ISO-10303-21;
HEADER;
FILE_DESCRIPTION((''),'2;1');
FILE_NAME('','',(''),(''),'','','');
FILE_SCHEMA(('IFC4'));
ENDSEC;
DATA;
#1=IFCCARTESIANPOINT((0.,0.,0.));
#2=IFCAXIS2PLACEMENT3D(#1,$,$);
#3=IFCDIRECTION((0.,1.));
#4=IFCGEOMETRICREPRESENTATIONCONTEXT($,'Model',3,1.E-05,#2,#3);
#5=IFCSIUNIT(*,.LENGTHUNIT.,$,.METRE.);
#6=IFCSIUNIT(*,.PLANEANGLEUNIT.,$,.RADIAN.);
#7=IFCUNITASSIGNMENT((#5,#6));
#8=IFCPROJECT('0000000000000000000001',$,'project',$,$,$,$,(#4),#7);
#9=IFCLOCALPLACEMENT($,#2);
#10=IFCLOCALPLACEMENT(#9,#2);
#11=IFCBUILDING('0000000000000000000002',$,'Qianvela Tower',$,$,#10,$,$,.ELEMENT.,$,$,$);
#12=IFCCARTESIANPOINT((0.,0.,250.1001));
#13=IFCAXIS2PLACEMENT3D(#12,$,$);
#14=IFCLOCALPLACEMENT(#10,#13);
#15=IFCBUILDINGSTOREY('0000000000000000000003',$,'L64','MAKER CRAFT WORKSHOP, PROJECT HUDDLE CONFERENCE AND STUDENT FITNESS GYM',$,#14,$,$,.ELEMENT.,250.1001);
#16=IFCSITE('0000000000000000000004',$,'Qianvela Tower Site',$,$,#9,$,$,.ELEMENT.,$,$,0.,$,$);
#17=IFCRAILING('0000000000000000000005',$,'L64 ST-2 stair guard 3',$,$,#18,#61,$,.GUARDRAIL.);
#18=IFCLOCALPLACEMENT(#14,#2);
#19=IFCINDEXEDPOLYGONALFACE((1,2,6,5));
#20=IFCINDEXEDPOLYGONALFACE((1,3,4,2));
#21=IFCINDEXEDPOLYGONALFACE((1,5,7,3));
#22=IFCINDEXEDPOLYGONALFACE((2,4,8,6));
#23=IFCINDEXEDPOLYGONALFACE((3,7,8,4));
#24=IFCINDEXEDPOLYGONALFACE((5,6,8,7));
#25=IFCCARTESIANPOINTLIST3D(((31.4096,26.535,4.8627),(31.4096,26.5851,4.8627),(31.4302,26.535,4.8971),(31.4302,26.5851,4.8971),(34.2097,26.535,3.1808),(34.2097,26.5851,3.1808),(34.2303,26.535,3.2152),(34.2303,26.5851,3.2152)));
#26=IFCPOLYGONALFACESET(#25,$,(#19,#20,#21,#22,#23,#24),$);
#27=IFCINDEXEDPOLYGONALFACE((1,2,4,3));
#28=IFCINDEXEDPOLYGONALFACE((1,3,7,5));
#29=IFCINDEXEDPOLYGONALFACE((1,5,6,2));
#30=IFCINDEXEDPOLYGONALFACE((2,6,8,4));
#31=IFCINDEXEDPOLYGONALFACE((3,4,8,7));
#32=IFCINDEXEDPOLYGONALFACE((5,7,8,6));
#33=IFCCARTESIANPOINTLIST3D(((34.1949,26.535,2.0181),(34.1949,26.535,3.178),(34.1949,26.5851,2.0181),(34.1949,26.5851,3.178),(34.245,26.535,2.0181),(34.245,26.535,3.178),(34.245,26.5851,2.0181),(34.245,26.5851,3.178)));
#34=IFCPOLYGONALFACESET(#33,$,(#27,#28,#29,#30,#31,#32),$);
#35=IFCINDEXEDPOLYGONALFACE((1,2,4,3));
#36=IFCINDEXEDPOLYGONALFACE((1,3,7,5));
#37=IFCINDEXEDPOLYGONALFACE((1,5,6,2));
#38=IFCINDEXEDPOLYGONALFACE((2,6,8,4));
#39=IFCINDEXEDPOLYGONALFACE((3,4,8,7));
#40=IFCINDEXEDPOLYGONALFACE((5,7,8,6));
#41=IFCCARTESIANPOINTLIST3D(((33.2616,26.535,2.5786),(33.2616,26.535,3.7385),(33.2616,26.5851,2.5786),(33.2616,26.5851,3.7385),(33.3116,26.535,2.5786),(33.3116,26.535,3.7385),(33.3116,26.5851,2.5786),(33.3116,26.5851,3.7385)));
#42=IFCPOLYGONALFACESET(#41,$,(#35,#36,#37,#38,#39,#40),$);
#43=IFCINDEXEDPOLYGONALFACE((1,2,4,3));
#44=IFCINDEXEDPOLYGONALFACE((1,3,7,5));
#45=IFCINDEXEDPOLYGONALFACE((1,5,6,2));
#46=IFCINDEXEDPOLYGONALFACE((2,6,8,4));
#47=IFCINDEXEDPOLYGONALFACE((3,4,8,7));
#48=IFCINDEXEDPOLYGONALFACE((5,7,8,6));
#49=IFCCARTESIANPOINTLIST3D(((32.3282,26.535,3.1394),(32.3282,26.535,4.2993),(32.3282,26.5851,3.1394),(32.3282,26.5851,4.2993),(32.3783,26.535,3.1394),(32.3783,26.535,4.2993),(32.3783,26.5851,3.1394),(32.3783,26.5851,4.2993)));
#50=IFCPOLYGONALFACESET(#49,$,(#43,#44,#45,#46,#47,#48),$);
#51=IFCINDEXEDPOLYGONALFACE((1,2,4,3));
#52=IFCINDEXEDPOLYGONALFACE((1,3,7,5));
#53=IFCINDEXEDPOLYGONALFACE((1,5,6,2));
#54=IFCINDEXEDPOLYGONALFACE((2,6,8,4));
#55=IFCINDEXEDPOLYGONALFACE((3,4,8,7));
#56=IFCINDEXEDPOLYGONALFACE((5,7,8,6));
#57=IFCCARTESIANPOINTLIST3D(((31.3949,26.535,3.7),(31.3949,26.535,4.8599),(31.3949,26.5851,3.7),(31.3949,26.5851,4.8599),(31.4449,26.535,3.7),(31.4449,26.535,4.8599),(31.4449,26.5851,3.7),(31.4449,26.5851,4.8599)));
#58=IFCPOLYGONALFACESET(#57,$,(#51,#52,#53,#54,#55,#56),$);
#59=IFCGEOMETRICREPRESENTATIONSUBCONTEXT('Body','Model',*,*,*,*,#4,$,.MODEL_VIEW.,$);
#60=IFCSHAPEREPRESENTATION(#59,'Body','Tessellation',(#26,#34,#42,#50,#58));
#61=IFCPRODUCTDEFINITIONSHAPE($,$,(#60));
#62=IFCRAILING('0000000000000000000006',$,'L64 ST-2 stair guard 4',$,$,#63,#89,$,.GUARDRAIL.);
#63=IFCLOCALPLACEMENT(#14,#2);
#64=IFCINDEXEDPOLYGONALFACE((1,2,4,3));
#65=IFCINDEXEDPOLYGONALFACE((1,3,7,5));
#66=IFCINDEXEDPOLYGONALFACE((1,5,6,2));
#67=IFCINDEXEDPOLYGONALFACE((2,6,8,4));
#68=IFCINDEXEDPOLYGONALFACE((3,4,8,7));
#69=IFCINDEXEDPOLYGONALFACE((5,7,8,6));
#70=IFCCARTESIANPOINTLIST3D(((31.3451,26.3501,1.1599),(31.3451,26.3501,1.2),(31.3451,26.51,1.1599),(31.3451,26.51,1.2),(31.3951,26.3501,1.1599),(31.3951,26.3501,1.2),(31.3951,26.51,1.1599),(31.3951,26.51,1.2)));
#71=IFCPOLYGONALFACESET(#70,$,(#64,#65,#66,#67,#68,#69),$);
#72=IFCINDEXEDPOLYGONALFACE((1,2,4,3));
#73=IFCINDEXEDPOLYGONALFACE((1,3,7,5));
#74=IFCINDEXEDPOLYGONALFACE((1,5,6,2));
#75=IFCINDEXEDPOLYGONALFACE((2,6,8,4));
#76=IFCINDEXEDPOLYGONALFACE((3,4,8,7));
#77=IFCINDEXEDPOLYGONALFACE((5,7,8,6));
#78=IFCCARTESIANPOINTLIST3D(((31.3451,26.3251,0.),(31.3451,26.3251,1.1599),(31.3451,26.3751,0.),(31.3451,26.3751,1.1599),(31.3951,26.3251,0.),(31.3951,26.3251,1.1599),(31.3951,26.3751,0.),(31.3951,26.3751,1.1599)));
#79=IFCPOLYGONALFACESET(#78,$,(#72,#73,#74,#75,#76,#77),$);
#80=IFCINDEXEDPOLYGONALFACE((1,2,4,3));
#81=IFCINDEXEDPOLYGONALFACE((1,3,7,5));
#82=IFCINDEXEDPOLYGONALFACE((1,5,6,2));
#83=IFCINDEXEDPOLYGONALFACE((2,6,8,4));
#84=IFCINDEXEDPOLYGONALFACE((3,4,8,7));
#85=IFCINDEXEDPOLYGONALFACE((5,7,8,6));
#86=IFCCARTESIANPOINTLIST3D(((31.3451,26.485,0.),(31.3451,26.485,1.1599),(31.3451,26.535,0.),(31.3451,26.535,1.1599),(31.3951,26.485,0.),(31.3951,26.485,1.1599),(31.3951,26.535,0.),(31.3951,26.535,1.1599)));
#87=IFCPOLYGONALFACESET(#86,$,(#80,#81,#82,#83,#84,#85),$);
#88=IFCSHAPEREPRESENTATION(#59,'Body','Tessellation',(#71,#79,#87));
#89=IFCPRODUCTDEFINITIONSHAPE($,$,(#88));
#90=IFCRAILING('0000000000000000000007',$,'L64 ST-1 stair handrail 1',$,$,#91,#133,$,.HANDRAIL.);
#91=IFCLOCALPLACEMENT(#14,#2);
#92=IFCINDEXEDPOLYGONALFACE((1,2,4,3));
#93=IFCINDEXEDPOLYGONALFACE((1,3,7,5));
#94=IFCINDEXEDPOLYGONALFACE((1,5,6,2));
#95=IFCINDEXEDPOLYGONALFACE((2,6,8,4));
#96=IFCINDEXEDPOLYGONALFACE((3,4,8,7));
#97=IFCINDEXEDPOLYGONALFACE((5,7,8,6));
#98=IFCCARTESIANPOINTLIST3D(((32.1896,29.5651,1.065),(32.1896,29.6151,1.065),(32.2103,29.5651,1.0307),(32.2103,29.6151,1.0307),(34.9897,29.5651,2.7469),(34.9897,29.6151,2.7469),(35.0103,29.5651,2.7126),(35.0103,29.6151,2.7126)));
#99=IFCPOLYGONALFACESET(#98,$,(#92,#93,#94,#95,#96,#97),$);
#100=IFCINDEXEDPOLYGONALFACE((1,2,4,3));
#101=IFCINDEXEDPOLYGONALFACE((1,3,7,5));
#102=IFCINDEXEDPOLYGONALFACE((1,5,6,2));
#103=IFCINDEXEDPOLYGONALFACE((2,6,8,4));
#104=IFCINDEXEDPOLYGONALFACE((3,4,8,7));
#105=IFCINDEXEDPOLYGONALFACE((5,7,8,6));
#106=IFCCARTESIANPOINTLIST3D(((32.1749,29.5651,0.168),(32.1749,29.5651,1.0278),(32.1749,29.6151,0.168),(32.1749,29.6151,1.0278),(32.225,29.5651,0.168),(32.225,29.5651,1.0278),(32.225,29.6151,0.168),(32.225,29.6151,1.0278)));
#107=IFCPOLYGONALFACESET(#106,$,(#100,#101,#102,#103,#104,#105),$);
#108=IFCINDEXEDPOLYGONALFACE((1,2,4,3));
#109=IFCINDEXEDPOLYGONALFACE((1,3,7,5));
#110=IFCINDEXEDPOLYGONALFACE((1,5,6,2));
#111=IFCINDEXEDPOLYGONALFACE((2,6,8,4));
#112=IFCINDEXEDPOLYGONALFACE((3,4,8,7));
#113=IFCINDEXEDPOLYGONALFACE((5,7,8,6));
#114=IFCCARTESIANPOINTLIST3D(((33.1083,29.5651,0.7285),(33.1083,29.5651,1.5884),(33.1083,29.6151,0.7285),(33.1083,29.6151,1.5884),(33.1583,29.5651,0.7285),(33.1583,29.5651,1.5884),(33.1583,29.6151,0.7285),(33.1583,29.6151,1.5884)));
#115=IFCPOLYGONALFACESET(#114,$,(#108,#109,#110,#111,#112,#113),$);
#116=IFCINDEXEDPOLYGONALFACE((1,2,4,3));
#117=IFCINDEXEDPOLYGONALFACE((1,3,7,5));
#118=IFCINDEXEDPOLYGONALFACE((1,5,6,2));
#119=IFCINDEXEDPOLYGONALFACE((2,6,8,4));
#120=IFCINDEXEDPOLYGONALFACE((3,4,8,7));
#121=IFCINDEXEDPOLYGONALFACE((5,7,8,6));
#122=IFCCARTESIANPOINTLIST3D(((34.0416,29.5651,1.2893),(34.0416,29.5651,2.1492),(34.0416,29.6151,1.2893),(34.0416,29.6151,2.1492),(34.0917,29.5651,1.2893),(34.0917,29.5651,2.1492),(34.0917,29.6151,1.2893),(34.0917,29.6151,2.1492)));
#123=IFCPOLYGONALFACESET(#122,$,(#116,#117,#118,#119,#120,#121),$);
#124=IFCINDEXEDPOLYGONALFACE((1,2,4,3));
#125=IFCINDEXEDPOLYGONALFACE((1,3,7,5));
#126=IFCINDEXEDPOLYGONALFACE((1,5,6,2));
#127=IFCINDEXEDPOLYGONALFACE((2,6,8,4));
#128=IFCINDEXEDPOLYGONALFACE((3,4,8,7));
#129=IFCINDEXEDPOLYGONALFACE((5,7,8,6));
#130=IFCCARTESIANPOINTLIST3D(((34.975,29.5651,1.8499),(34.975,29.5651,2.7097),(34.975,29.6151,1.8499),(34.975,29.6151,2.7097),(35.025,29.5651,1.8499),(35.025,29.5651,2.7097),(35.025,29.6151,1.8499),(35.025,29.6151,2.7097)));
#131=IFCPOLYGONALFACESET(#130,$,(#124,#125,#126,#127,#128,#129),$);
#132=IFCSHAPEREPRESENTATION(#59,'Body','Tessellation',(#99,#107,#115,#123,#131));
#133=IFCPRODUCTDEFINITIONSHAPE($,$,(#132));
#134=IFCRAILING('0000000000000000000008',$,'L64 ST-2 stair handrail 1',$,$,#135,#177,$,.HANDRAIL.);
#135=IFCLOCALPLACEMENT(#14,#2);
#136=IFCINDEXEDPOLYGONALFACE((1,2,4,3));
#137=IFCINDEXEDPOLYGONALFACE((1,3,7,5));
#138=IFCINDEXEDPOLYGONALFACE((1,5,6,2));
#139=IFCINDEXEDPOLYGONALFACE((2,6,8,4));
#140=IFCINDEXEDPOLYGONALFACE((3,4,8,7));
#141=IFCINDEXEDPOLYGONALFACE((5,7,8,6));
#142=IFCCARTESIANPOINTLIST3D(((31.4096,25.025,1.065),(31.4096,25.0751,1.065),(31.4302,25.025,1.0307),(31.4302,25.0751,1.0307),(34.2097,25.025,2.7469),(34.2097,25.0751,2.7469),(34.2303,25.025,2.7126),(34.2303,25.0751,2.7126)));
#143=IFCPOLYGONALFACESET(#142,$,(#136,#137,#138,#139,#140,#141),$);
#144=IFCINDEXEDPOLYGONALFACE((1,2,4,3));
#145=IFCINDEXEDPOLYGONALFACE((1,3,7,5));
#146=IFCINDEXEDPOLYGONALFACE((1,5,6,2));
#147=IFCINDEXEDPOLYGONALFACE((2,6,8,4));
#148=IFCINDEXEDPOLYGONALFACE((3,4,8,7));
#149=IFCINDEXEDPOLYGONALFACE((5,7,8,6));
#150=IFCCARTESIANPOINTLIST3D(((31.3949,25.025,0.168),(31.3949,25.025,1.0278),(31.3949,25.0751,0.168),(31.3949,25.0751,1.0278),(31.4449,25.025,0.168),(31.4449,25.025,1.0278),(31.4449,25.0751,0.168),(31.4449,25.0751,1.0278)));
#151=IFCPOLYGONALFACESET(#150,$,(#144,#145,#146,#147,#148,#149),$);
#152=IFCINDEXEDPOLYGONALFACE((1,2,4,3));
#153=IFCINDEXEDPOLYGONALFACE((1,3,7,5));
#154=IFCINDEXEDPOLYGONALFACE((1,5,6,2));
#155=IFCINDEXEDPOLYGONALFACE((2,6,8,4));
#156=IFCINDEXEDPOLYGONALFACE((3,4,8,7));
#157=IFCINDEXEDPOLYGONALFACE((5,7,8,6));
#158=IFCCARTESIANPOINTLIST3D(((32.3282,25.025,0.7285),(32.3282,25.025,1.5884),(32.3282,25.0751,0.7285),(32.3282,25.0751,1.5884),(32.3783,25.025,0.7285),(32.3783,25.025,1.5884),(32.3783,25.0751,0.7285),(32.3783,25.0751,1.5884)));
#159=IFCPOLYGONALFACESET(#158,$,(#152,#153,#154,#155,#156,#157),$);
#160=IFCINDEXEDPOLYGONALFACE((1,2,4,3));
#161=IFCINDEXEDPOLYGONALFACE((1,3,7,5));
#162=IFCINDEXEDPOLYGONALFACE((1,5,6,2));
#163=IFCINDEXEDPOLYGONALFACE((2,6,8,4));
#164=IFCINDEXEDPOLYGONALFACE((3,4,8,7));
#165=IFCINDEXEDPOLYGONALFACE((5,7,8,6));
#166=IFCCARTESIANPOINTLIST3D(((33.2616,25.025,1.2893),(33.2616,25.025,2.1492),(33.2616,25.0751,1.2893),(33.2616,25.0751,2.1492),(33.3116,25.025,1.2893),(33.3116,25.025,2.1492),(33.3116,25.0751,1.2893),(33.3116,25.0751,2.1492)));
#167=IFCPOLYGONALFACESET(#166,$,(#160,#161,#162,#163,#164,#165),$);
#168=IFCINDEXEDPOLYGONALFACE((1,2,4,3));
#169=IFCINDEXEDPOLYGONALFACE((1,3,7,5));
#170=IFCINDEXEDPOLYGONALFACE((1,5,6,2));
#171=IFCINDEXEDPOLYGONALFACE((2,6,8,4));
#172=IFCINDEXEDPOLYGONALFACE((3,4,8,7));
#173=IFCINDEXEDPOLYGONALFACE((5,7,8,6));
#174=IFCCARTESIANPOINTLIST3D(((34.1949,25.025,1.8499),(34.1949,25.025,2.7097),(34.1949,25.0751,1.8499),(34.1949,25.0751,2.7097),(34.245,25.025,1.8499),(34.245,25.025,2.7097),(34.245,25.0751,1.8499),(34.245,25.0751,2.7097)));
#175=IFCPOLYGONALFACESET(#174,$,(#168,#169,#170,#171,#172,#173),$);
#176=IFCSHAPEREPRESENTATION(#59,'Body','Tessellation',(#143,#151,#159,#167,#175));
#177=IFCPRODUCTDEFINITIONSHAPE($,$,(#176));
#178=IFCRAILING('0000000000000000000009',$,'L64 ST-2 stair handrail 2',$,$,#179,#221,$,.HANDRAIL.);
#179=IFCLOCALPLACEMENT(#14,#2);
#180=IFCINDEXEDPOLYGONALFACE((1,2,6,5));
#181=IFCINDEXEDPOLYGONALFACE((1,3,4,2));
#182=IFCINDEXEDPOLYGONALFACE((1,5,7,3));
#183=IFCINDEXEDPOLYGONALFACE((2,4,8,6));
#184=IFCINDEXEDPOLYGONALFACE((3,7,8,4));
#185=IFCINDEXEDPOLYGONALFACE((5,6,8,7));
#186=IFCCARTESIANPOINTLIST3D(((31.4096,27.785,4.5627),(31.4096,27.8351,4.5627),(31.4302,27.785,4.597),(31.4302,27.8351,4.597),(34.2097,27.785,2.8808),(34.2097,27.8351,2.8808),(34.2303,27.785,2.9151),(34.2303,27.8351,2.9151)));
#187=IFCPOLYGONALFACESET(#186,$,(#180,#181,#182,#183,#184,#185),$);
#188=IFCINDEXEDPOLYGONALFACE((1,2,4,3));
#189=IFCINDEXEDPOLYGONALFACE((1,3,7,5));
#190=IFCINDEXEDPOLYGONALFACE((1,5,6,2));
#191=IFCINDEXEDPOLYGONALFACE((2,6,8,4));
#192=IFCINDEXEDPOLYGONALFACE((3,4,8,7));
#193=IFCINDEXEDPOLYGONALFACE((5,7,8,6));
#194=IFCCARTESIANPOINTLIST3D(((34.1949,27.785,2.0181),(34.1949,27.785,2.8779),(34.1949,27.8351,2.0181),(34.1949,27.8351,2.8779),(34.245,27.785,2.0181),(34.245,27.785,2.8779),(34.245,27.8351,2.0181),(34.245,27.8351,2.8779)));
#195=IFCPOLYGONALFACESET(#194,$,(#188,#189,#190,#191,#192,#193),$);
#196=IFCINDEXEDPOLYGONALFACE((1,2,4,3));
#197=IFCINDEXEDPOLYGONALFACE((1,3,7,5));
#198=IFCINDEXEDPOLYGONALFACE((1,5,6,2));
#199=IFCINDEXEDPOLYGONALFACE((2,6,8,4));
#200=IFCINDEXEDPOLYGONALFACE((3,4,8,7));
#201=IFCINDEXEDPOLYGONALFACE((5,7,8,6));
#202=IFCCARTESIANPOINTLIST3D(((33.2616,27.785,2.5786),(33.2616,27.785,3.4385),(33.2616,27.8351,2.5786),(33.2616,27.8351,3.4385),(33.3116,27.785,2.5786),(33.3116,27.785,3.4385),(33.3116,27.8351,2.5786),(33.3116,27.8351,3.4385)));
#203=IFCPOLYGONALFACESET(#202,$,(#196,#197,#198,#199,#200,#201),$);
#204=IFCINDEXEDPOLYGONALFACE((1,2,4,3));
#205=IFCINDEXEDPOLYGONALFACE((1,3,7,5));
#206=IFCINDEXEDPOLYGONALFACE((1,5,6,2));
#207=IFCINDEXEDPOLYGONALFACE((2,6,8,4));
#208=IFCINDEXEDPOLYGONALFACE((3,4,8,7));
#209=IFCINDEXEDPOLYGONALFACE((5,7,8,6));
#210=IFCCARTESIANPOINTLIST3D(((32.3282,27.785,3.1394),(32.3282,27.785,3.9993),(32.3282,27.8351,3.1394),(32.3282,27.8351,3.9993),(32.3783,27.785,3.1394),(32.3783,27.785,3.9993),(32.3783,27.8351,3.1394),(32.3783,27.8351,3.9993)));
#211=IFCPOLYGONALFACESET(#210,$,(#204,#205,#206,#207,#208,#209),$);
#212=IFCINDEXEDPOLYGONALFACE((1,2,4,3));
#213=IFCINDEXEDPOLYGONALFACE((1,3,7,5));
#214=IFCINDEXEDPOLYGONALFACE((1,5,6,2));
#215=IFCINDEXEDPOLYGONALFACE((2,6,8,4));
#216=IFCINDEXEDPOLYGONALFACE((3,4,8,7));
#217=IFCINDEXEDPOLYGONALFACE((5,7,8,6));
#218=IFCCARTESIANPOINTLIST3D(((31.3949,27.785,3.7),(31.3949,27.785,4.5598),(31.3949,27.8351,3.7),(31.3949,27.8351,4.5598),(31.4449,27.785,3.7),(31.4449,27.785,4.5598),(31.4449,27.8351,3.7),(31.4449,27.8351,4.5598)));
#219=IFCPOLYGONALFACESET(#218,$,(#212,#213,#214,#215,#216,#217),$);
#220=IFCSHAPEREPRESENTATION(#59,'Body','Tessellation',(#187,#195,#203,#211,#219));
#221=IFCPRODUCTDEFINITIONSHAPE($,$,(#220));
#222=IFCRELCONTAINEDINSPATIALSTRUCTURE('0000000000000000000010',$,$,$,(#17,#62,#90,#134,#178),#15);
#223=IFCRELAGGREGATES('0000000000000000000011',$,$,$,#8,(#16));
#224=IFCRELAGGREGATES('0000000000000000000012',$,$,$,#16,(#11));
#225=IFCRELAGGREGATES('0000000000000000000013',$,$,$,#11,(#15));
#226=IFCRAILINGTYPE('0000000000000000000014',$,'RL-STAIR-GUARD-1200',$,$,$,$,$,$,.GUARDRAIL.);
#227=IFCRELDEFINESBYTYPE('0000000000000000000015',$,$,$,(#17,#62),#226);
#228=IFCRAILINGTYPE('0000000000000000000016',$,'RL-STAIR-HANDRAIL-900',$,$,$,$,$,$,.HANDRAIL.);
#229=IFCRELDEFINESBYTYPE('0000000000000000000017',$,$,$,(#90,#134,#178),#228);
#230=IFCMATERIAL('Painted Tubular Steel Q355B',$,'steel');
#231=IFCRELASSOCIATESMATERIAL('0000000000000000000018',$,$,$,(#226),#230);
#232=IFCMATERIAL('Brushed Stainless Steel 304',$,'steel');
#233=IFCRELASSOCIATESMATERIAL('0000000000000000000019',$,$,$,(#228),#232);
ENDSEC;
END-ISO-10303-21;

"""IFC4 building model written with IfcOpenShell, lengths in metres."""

from ifc_helpers import new_model, si_unit, direction, frame, origin, origin_2d, place, context, subcontext, project, spatial, rectangle, extrude, material, type_object, element, save


model = new_model("IFC4")

# Units and contexts
model_context = context("Model", 3, precision=1e-05, world=origin(), true_north=direction((0.0, 1.0)))
body_context = subcontext(model_context, "Body", "Model", "MODEL_VIEW")
ifc_project = project(units=[si_unit("LENGTHUNIT", "METRE"), si_unit("PLANEANGLEUNIT", "RADIAN")], contexts=[model_context])

# Site, building, storey
site_placement = place(None, origin())
site = spatial("IfcSite", under=ifc_project, at=site_placement, Name="Qianvela Tower Site", CompositionType="ELEMENT", RefElevation=0.0)
building_placement = place(site_placement, origin())
building = spatial("IfcBuilding", under=site, at=building_placement, Name="Qianvela Tower", CompositionType="ELEMENT")
storey_placement = place(building_placement, frame((0.0, 0.0, 250.1001)))
storey = spatial("IfcBuildingStorey", under=building, at=storey_placement, Name="L64", Description="MAKER CRAFT WORKSHOP, PROJECT HUDDLE CONFERENCE AND STUDENT FITNESS GYM", CompositionType="ELEMENT", Elevation=250.1001)

# Railings
ifc_material_1 = material(Name="Painted Tubular Steel Q355B", Category="steel")
railing_type_1 = type_object("IfcRailingType", Name="RL-STAIR-GUARD-1200", PredefinedType="GUARDRAIL", material=ifc_material_1)
railing_1_placement = place(storey_placement, frame((34.22, 26.5601, 2.0181)))
element("IfcRailing", 1, at=railing_1_placement, inside=storey, type_object=railing_type_1, Name="L64 ST-2 stair guard 3", PredefinedType="GUARDRAIL", context=body_context, shape_type="SweptSolid", body=[
    extrude(rectangle(XDim=0.05, YDim=0.04, at=origin_2d()), frame((0.0, 0.0, 1.1799), z_axis=(-0.857242, 0.0, 0.514913), x_axis=(0.0, -1.0, 0.0)), (0.0, 0.0, 1.0), 3.2664),
    extrude(rectangle(XDim=0.05, YDim=0.05, at=origin_2d()), origin(), (0.0, 0.0, 1.0), 1.1599),
    extrude(rectangle(XDim=0.05, YDim=0.05, at=origin_2d()), frame((-0.9333, 0.0, 0.5605)), (0.0, 0.0, 1.0), 1.1599),
    extrude(rectangle(XDim=0.05, YDim=0.05, at=origin_2d()), frame((-1.8667, 0.0, 1.1213)), (0.0, 0.0, 1.0), 1.1599),
    extrude(rectangle(XDim=0.05, YDim=0.05, at=origin_2d()), frame((-2.8, 0.0, 1.6819)), (0.0, 0.0, 1.0), 1.1599),
])
railing_2_placement = place(storey_placement, frame((31.3701, 26.3501, 0.0)))
element("IfcRailing", 2, at=railing_2_placement, inside=storey, type_object=railing_type_1, Name="L64 ST-2 stair guard 4", PredefinedType="GUARDRAIL", context=body_context, shape_type="SweptSolid", body=[
    extrude(rectangle(XDim=0.05, YDim=0.04, at=origin_2d()), frame((0.0, 0.0, 1.1799), z_axis=(0.0, 1.0, 0.0), x_axis=(-1.0, 0.0, 0.0)), (0.0, 0.0, 1.0), 0.1599),
    extrude(rectangle(XDim=0.05, YDim=0.05, at=origin_2d()), origin(), (0.0, 0.0, 1.0), 1.1599),
    extrude(rectangle(XDim=0.05, YDim=0.05, at=origin_2d()), frame((0.0, 0.1599, 0.0)), (0.0, 0.0, 1.0), 1.1599),
])
ifc_material_2 = material(Name="Brushed Stainless Steel 304", Category="steel")
railing_type_2 = type_object("IfcRailingType", Name="RL-STAIR-HANDRAIL-900", PredefinedType="HANDRAIL", material=ifc_material_2)
for number, where, name in (
    (3, (32.2, 29.5901, 0.168), "L64 ST-1 stair handrail 1"),
    (4, (31.4199, 25.05, 0.168), "L64 ST-2 stair handrail 1"),
):
    element("IfcRailing", number, at=place(storey_placement, frame(where)), inside=storey, type_object=railing_type_2, Name=name, PredefinedType="HANDRAIL", context=body_context, shape_type="SweptSolid", body=[
        extrude(rectangle(XDim=0.05, YDim=0.04, at=origin_2d()), frame((0.0, 0.0, 0.8799), z_axis=(0.857242, 0.0, 0.514913), x_axis=(0.0, 1.0, 0.0)), (0.0, 0.0, 1.0), 3.2664),
        extrude(rectangle(XDim=0.05, YDim=0.05, at=origin_2d()), origin(), (0.0, 0.0, 1.0), 0.8599),
        extrude(rectangle(XDim=0.05, YDim=0.05, at=origin_2d()), frame((0.9333, 0.0, 0.5605)), (0.0, 0.0, 1.0), 0.8599),
        extrude(rectangle(XDim=0.05, YDim=0.05, at=origin_2d()), frame((1.8667, 0.0, 1.1213)), (0.0, 0.0, 1.0), 0.8599),
        extrude(rectangle(XDim=0.05, YDim=0.05, at=origin_2d()), frame((2.8, 0.0, 1.6819)), (0.0, 0.0, 1.0), 0.8599),
    ])
railing_3_placement = place(storey_placement, frame((34.22, 27.8101, 2.0181)))
element("IfcRailing", 5, at=railing_3_placement, inside=storey, type_object=railing_type_2, Name="L64 ST-2 stair handrail 2", PredefinedType="HANDRAIL", context=body_context, shape_type="SweptSolid", body=[
    extrude(rectangle(XDim=0.05, YDim=0.04, at=origin_2d()), frame((0.0, 0.0, 0.8799), z_axis=(-0.857242, 0.0, 0.514913), x_axis=(0.0, -1.0, 0.0)), (0.0, 0.0, 1.0), 3.2664),
    extrude(rectangle(XDim=0.05, YDim=0.05, at=origin_2d()), origin(), (0.0, 0.0, 1.0), 0.8599),
    extrude(rectangle(XDim=0.05, YDim=0.05, at=origin_2d()), frame((-0.9333, 0.0, 0.5605)), (0.0, 0.0, 1.0), 0.8599),
    extrude(rectangle(XDim=0.05, YDim=0.05, at=origin_2d()), frame((-1.8667, 0.0, 1.1213)), (0.0, 0.0, 1.0), 0.8599),
    extrude(rectangle(XDim=0.05, YDim=0.05, at=origin_2d()), frame((-2.8, 0.0, 1.6819)), (0.0, 0.0, 1.0), 0.8599),
])

save(model, "model.ifc")
